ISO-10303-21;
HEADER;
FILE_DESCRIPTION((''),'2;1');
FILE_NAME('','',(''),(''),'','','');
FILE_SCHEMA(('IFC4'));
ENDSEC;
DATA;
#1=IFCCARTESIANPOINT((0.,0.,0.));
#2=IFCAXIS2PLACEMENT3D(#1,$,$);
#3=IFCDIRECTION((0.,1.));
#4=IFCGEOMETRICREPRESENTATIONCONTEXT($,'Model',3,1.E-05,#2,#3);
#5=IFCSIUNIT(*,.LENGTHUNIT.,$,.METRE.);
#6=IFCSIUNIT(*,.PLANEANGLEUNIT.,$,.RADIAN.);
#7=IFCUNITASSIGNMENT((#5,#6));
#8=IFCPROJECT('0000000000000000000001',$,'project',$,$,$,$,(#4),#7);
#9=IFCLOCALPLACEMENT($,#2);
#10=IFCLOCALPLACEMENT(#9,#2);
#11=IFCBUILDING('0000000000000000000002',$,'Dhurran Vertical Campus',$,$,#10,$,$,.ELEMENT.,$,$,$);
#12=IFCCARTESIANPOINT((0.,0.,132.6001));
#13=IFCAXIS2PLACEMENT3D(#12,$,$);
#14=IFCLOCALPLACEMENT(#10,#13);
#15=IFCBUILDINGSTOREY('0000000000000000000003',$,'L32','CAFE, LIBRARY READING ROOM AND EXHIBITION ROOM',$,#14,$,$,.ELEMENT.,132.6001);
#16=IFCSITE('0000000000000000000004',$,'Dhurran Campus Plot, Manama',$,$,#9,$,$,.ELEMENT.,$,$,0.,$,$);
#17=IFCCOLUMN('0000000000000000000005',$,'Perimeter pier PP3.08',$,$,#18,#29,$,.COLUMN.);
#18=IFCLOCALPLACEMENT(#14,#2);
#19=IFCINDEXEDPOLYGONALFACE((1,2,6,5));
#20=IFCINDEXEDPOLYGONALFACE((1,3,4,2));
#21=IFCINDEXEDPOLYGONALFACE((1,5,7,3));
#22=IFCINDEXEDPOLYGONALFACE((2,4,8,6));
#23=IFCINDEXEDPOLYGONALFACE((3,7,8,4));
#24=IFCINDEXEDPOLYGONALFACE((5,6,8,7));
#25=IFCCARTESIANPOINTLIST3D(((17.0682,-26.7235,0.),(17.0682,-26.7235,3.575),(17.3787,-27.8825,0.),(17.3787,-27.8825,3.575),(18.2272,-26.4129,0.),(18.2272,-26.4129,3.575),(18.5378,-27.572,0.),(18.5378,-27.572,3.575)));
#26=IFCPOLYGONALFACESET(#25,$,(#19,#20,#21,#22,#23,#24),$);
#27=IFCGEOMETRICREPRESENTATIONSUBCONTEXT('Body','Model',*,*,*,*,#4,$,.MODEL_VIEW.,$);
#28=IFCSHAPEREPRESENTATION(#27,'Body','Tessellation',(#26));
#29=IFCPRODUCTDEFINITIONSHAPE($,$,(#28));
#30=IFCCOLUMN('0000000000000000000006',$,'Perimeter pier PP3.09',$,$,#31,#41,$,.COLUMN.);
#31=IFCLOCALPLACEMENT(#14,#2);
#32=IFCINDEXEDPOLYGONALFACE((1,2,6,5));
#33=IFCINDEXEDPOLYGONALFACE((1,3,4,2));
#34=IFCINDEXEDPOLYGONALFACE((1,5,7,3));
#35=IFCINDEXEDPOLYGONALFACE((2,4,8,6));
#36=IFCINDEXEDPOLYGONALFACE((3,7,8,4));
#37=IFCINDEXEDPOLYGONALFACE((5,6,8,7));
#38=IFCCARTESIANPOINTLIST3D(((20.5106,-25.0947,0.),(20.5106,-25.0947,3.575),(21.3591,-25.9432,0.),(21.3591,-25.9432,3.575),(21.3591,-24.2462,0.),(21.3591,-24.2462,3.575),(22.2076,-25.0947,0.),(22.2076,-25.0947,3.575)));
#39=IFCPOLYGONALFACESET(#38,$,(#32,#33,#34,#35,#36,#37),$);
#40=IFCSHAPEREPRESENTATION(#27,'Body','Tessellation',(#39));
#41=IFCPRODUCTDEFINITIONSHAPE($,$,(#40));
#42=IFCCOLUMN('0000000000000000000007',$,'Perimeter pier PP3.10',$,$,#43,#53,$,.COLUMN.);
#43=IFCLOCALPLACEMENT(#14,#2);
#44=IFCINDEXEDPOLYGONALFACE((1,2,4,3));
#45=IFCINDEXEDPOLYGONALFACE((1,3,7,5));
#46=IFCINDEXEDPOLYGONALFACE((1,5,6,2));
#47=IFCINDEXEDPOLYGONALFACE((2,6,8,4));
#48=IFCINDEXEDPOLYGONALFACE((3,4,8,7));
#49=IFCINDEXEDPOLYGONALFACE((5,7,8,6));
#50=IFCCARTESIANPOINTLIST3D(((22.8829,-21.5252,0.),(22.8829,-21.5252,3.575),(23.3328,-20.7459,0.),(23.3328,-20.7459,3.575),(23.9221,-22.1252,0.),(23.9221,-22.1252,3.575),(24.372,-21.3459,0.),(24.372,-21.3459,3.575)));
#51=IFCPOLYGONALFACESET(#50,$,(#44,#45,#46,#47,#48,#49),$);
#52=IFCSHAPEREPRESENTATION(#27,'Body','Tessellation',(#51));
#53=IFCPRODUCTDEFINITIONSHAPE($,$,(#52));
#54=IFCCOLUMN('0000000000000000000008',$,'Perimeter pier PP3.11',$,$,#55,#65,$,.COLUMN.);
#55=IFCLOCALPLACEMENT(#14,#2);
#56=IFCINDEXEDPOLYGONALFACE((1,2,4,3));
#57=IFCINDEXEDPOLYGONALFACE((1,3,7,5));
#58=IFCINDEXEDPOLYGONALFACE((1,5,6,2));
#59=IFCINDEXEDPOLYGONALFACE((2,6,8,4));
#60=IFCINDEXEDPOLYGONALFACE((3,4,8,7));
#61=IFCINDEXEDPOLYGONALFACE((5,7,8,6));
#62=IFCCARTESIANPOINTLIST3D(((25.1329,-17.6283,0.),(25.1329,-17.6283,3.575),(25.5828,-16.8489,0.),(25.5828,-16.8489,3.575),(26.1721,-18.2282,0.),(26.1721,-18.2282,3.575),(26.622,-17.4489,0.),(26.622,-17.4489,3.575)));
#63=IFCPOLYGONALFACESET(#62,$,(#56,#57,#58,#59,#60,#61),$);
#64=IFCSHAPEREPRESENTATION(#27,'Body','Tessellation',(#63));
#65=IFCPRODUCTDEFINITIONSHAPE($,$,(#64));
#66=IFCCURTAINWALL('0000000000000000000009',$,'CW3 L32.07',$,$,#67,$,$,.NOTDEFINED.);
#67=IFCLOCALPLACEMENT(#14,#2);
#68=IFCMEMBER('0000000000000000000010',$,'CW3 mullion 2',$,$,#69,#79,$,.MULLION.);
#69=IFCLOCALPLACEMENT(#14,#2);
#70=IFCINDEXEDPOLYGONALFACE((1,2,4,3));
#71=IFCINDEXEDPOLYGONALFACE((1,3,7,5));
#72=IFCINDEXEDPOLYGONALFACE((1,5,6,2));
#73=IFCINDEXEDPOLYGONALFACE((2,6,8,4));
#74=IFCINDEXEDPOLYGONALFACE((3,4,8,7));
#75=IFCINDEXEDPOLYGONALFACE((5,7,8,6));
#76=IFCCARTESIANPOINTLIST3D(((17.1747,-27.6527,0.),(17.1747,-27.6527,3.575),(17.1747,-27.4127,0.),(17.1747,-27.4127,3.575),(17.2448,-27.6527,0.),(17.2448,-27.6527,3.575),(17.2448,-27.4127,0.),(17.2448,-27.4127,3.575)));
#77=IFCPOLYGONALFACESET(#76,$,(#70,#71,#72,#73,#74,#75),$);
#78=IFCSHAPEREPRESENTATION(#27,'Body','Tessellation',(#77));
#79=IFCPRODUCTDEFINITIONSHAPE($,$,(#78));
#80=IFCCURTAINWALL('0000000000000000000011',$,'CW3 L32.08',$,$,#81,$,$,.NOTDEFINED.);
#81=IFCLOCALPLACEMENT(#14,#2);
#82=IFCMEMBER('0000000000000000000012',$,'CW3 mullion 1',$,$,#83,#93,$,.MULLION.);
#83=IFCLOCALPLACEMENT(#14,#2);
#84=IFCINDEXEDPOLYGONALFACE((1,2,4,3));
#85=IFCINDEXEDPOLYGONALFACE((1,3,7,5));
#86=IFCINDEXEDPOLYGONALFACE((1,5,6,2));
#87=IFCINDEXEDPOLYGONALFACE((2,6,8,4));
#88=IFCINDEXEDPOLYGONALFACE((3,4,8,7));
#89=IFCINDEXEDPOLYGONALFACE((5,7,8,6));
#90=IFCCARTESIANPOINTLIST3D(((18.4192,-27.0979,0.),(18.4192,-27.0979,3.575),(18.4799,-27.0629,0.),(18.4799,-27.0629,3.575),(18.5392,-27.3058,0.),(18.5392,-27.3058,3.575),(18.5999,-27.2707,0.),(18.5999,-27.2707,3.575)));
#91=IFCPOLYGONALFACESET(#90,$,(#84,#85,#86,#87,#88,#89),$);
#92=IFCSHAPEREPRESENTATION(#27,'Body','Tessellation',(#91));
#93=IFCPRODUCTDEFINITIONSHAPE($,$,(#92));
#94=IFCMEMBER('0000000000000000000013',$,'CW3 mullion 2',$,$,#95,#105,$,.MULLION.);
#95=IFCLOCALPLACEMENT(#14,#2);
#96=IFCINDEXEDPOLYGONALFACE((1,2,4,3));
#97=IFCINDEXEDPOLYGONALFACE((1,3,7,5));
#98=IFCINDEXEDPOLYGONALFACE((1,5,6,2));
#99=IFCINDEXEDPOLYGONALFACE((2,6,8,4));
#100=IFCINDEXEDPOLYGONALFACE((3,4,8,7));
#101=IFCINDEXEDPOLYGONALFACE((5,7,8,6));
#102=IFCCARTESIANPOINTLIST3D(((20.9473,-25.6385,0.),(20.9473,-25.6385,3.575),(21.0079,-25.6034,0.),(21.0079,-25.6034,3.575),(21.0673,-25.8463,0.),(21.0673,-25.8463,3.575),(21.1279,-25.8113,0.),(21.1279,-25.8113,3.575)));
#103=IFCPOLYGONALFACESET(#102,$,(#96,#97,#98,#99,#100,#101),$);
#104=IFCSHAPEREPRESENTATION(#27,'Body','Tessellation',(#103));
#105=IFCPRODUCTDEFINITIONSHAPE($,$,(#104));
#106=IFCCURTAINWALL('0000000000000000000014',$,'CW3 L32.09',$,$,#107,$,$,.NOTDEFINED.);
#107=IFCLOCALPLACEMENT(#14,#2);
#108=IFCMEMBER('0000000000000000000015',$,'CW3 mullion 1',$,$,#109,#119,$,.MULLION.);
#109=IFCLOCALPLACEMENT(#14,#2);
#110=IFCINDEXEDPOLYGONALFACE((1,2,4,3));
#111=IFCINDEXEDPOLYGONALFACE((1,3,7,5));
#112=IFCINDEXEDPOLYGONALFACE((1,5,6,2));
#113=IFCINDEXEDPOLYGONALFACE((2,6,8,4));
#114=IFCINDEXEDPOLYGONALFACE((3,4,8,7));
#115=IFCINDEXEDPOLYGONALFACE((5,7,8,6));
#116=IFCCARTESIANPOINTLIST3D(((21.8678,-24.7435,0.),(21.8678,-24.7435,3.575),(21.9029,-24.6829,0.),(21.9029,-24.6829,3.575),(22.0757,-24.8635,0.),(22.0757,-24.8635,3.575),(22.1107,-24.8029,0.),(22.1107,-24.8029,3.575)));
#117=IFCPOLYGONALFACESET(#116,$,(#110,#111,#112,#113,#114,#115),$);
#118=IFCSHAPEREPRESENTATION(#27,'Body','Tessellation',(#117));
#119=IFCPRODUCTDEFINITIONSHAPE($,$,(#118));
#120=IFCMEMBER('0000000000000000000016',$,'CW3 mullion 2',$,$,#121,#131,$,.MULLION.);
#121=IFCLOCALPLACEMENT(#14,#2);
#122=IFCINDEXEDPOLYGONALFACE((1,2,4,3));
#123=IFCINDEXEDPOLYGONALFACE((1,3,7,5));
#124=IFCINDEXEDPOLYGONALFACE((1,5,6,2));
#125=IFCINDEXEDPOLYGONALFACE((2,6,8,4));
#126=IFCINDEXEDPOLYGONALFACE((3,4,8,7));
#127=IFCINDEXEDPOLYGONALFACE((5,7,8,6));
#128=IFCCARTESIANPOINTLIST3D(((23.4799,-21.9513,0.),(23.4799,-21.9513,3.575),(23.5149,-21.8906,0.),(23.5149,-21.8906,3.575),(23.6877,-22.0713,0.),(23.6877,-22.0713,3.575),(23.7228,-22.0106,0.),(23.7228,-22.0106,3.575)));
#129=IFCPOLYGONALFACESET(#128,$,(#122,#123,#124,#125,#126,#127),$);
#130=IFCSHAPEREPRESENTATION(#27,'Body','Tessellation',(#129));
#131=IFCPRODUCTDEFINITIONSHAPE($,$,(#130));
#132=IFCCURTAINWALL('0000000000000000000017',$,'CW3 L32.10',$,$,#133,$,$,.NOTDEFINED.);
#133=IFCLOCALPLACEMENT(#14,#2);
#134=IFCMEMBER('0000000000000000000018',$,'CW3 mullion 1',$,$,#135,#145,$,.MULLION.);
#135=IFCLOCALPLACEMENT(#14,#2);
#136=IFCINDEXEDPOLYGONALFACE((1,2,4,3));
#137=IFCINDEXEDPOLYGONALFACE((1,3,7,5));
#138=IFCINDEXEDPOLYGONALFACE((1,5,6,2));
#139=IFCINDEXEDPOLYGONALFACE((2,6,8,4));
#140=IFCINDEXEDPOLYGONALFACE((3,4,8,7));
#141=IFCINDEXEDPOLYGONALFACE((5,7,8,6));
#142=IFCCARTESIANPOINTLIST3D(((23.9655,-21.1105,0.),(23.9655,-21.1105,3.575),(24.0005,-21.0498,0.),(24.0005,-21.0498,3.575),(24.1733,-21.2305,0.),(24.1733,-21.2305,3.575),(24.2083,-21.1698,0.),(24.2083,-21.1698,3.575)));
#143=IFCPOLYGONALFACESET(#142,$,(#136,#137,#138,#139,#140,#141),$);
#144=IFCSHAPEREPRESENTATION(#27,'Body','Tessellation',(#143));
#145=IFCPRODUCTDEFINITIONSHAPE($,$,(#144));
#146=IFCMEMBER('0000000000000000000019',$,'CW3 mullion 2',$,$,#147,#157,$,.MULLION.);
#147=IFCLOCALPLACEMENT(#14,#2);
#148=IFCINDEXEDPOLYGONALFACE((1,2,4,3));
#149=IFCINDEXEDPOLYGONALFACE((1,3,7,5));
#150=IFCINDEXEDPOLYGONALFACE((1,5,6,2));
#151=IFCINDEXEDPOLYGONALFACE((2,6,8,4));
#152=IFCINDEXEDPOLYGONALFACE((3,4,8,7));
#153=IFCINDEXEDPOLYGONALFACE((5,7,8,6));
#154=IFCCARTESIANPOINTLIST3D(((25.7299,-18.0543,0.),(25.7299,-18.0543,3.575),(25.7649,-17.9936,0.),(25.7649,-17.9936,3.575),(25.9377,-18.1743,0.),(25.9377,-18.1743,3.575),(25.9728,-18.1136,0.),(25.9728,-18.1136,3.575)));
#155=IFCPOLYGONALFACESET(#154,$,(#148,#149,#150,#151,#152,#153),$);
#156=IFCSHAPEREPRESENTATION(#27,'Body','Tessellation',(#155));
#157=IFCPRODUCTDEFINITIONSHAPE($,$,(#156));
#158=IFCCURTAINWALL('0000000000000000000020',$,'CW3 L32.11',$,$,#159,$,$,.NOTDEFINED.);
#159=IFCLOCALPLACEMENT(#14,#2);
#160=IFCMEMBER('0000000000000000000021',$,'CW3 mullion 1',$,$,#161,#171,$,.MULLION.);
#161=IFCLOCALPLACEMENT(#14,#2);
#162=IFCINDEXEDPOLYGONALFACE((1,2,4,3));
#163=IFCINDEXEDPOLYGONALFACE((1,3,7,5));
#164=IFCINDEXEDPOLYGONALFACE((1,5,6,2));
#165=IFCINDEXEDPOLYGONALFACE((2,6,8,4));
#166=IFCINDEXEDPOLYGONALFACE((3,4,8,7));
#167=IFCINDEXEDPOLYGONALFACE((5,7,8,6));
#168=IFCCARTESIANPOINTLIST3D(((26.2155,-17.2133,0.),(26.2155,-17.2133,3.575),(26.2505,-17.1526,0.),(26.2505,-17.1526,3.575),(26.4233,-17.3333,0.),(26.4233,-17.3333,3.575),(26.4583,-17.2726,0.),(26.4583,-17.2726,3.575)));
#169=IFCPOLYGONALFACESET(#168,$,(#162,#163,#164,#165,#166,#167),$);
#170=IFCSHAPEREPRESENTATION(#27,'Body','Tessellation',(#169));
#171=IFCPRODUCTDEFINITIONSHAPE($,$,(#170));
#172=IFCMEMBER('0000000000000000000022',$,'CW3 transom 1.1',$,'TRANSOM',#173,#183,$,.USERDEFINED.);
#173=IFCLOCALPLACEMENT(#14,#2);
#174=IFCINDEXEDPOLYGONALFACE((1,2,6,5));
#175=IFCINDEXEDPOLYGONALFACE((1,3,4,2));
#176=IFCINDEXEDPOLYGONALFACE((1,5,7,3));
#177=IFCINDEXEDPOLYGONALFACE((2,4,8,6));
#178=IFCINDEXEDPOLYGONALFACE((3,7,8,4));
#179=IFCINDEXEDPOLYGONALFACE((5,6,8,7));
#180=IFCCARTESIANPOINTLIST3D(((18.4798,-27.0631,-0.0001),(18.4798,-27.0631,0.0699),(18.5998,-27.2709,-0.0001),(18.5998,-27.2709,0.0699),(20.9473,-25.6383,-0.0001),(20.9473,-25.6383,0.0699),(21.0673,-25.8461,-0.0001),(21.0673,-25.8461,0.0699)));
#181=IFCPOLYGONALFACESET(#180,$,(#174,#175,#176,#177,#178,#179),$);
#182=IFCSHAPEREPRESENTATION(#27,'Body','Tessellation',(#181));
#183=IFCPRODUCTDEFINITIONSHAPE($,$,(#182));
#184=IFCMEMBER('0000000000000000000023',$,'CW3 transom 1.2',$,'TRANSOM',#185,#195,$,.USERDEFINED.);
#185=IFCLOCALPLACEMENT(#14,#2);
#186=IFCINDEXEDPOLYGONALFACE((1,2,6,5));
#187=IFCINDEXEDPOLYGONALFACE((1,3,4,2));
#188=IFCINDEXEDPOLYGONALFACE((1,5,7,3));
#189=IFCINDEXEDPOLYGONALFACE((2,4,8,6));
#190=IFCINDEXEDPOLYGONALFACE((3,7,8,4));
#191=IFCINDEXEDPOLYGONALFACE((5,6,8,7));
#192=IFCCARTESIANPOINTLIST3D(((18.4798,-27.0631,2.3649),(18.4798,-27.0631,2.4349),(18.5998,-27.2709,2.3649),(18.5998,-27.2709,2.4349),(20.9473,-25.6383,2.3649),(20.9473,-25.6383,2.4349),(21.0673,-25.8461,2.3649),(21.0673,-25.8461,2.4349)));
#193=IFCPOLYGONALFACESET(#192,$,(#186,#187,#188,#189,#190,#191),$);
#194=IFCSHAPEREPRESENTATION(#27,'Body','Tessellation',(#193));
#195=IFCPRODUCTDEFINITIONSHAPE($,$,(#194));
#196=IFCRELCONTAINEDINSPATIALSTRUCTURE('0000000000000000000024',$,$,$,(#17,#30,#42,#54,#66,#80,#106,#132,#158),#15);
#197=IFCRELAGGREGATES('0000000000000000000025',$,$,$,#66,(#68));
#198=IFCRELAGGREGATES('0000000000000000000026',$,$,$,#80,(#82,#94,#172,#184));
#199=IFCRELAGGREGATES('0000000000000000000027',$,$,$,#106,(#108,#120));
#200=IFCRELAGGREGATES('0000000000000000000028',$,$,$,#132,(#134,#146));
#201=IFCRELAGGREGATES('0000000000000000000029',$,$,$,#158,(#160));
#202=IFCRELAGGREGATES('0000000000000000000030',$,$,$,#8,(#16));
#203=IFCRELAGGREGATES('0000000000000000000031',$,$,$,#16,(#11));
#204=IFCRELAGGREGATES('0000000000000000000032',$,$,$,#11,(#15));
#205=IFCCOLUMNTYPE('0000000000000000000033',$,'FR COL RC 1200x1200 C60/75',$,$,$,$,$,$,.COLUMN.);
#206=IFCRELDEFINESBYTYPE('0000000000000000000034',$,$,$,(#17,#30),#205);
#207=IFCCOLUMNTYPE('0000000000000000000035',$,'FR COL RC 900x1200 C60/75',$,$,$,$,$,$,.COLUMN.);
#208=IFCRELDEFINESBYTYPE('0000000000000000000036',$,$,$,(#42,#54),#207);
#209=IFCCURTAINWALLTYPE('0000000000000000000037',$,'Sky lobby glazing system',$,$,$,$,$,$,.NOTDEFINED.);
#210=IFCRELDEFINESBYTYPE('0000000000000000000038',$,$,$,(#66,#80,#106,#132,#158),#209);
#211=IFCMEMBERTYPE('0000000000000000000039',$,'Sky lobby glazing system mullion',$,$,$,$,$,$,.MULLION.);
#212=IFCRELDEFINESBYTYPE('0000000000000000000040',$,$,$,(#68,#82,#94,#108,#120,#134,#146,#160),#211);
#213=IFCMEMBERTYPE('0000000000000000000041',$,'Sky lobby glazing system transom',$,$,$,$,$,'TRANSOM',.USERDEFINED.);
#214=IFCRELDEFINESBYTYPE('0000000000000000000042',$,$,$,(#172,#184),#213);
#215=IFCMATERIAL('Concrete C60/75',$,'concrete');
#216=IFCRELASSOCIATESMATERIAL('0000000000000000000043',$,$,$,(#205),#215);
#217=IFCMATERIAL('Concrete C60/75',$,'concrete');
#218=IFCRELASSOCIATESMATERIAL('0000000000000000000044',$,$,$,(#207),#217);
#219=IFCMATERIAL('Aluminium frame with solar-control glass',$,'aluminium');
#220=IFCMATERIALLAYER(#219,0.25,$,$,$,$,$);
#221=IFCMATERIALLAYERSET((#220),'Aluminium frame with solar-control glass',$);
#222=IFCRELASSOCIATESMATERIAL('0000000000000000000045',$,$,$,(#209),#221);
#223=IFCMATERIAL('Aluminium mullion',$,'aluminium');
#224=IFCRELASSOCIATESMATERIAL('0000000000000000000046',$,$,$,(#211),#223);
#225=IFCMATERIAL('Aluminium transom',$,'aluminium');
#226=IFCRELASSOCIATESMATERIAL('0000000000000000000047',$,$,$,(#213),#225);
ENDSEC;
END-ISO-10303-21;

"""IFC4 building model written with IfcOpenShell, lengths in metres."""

from ifc_helpers import new_model, si_unit, direction, frame, origin, origin_2d, place, context, subcontext, project, spatial, rectangle, extrude, material, layer, layer_set, material_profile, profile_set, type_object, element, aggregate, save


model = new_model("IFC4")

# Units and contexts
model_context = context("Model", 3, precision=1e-05, world=origin(), true_north=direction((0.0, 1.0)))
body_context = subcontext(model_context, "Body", "Model", "MODEL_VIEW")
ifc_project = project(units=[si_unit("LENGTHUNIT", "METRE"), si_unit("PLANEANGLEUNIT", "RADIAN")], contexts=[model_context])

# Site, building, storey
site_placement = place(None, origin())
site = spatial("IfcSite", under=ifc_project, at=site_placement, Name="Dhurran Campus Plot, Manama", CompositionType="ELEMENT", RefElevation=0.0)
building_placement = place(site_placement, origin())
building = spatial("IfcBuilding", under=site, at=building_placement, Name="Dhurran Vertical Campus", CompositionType="ELEMENT")
storey_placement = place(building_placement, frame((0.0, 0.0, 132.6001)))
storey = spatial("IfcBuildingStorey", under=building, at=storey_placement, Name="L32", Description="CAFE, LIBRARY READING ROOM AND EXHIBITION ROOM", CompositionType="ELEMENT", Elevation=132.6001)

# Columns
ifc_material_1 = material(Name="Concrete C60/75", Category="concrete")
ifc_material_profile_1 = material_profile(ifc_material_1, rectangle(XDim=1.2, YDim=1.2, at=origin_2d()), Name="RC 1200x1200")
ifc_profile_set_1 = profile_set([ifc_material_profile_1], Name="Concrete C60/75")
column_type_1 = type_object("IfcColumnType", Name="FR COL RC 1200x1200 C60/75", PredefinedType="COLUMN", material=ifc_profile_set_1)
for number, where, z_axis, x_axis, name in (
    (1, (17.803, -27.1477, 0.0), (0.0, 0.0, 1.0), (0.965926, 0.258819, 0.0), "Perimeter pier PP3.08"),
    (2, (21.3591, -25.0947, 0.0), (0.0, 0.0, 1.0), (0.707107, 0.707107, 0.0), "Perimeter pier PP3.09"),
):
    element("IfcColumn", number, at=place(storey_placement, frame(where, z_axis=z_axis, x_axis=x_axis)), inside=storey, type_object=column_type_1, Name=name, PredefinedType="COLUMN", context=body_context, shape_type="SweptSolid", body=[
        extrude(rectangle(XDim=1.2, YDim=1.2, at=origin_2d()), origin(), (0.0, 0.0, 1.0), 3.575),
    ])
ifc_material_2 = material(Name="Concrete C60/75", Category="concrete")
ifc_material_profile_2 = material_profile(ifc_material_2, rectangle(XDim=0.8999, YDim=1.2, at=origin_2d()), Name="RC 900x1200")
ifc_profile_set_2 = profile_set([ifc_material_profile_2], Name="Concrete C60/75")
column_type_2 = type_object("IfcColumnType", Name="FR COL RC 900x1200 C60/75", PredefinedType="COLUMN", material=ifc_profile_set_2)
for number, where, z_axis, x_axis, name in (
    (3, (23.6274, -21.4355, 0.0), (0.0, 0.0, 1.0), (0.5, 0.866025, 0.0), "Perimeter pier PP3.10"),
    (4, (25.8774, -17.5386, 0.0), (0.0, 0.0, 1.0), (0.5, 0.866025, 0.0), "Perimeter pier PP3.11"),
):
    element("IfcColumn", number, at=place(storey_placement, frame(where, z_axis=z_axis, x_axis=x_axis)), inside=storey, type_object=column_type_2, Name=name, PredefinedType="COLUMN", context=body_context, shape_type="SweptSolid", body=[
        extrude(rectangle(XDim=0.8999, YDim=1.2, at=origin_2d()), origin(), (0.0, 0.0, 1.0), 3.575),
    ])

# Curtain wall, member
ifc_material_3 = material(Name="Aluminium frame with solar-control glass", Category="aluminium")
ifc_layer_1 = layer(ifc_material_3, 0.25)
ifc_layer_set_1 = layer_set([ifc_layer_1], Name="Aluminium frame with solar-control glass")
curtain_wall_type = type_object("IfcCurtainWallType", Name="Sky lobby glazing system", PredefinedType="NOTDEFINED", material=ifc_layer_set_1)
curtain_wall_1_placement = place(storey_placement, origin())
curtain_wall_1 = element("IfcCurtainWall", 5, at=curtain_wall_1_placement, inside=storey, type_object=curtain_wall_type, Name="CW3 L32.07", PredefinedType="NOTDEFINED")
ifc_material_4 = material(Name="Aluminium mullion", Category="aluminium")
ifc_material_profile_3 = material_profile(ifc_material_4, rectangle(XDim=0.24, YDim=0.0701, at=origin_2d()), Name="Sky lobby glazing system mullion")
ifc_profile_set_3 = profile_set([ifc_material_profile_3], Name="Aluminium mullion")
member_type_1 = type_object("IfcMemberType", Name="Sky lobby glazing system mullion", PredefinedType="MULLION", material=ifc_profile_set_3)
member_1_placement = place(storey_placement, frame((17.2097, -27.5327, 0.0), z_axis=(0.0, 0.0, 1.0), x_axis=(0.0, 1.0, 0.0)))
member_1 = element("IfcMember", 6, at=member_1_placement, type_object=member_type_1, Name="CW3 mullion 2", PredefinedType="MULLION", context=body_context, shape_type="SweptSolid", body=[
    extrude(rectangle(XDim=0.24, YDim=0.0701, at=origin_2d()), origin(), (0.0, 0.0, 1.0), 3.575),
])
aggregate(curtain_wall_1, [member_1])

# Curtain walls, members
curtain_wall_2_placement = place(storey_placement, origin())
curtain_wall_2 = element("IfcCurtainWall", 7, at=curtain_wall_2_placement, inside=storey, type_object=curtain_wall_type, Name="CW3 L32.08", PredefinedType="NOTDEFINED")
member_2_placement = place(storey_placement, frame((18.5095, -27.1843, 0.0), z_axis=(0.0, 0.0, 1.0), x_axis=(-0.500003, 0.866023, 0.0)))
member_2 = element("IfcMember", 8, at=member_2_placement, type_object=member_type_1, Name="CW3 mullion 1", PredefinedType="MULLION", context=body_context, shape_type="SweptSolid", body=[
    extrude(rectangle(XDim=0.24, YDim=0.0701, at=origin_2d()), origin(), (0.0, 0.0, 1.0), 3.575),
])
member_3_placement = place(storey_placement, frame((21.0376, -25.7249, 0.0), z_axis=(0.0, 0.0, 1.0), x_axis=(-0.500003, 0.866023, 0.0)))
member_3 = element("IfcMember", 9, at=member_3_placement, type_object=member_type_1, Name="CW3 mullion 2", PredefinedType="MULLION", context=body_context, shape_type="SweptSolid", body=[
    extrude(rectangle(XDim=0.24, YDim=0.0701, at=origin_2d()), origin(), (0.0, 0.0, 1.0), 3.575),
])
curtain_wall_3_placement = place(storey_placement, origin())
curtain_wall_3 = element("IfcCurtainWall", 10, at=curtain_wall_3_placement, inside=storey, type_object=curtain_wall_type, Name="CW3 L32.09", PredefinedType="NOTDEFINED")
member_4_placement = place(storey_placement, frame((21.9893, -24.7732, 0.0), z_axis=(0.0, 0.0, 1.0), x_axis=(-0.866026, 0.499998, 0.0)))
member_4 = element("IfcMember", 11, at=member_4_placement, type_object=member_type_1, Name="CW3 mullion 1", PredefinedType="MULLION", context=body_context, shape_type="SweptSolid", body=[
    extrude(rectangle(XDim=0.24, YDim=0.0701, at=origin_2d()), origin(), (0.0, 0.0, 1.0), 3.575),
])
member_5_placement = place(storey_placement, frame((23.6013, -21.981, 0.0), z_axis=(0.0, 0.0, 1.0), x_axis=(-0.866026, 0.499998, 0.0)))
member_5 = element("IfcMember", 12, at=member_5_placement, type_object=member_type_1, Name="CW3 mullion 2", PredefinedType="MULLION", context=body_context, shape_type="SweptSolid", body=[
    extrude(rectangle(XDim=0.24, YDim=0.0701, at=origin_2d()), origin(), (0.0, 0.0, 1.0), 3.575),
])
curtain_wall_4_placement = place(storey_placement, origin())
curtain_wall_4 = element("IfcCurtainWall", 13, at=curtain_wall_4_placement, inside=storey, type_object=curtain_wall_type, Name="CW3 L32.10", PredefinedType="NOTDEFINED")
member_6_placement = place(storey_placement, frame((24.0869, -21.1401, 0.0), z_axis=(0.0, 0.0, 1.0), x_axis=(-0.866024, 0.500003, 0.0)))
member_6 = element("IfcMember", 14, at=member_6_placement, type_object=member_type_1, Name="CW3 mullion 1", PredefinedType="MULLION", context=body_context, shape_type="SweptSolid", body=[
    extrude(rectangle(XDim=0.24, YDim=0.0701, at=origin_2d()), origin(), (0.0, 0.0, 1.0), 3.575),
])
member_7_placement = place(storey_placement, frame((25.8513, -18.084, 0.0), z_axis=(0.0, 0.0, 1.0), x_axis=(-0.866024, 0.500003, 0.0)))
member_7 = element("IfcMember", 15, at=member_7_placement, type_object=member_type_1, Name="CW3 mullion 2", PredefinedType="MULLION", context=body_context, shape_type="SweptSolid", body=[
    extrude(rectangle(XDim=0.24, YDim=0.0701, at=origin_2d()), origin(), (0.0, 0.0, 1.0), 3.575),
])

# Curtain wall, member
curtain_wall_5_placement = place(storey_placement, origin())
curtain_wall_5 = element("IfcCurtainWall", 16, at=curtain_wall_5_placement, inside=storey, type_object=curtain_wall_type, Name="CW3 L32.11", PredefinedType="NOTDEFINED")
member_8_placement = place(storey_placement, frame((26.3369, -17.2429, 0.0), z_axis=(0.0, 0.0, 1.0), x_axis=(-0.866024, 0.500003, 0.0)))
member_8 = element("IfcMember", 17, at=member_8_placement, type_object=member_type_1, Name="CW3 mullion 1", PredefinedType="MULLION", context=body_context, shape_type="SweptSolid", body=[
    extrude(rectangle(XDim=0.24, YDim=0.0701, at=origin_2d()), origin(), (0.0, 0.0, 1.0), 3.575),
])

# Members
ifc_material_5 = material(Name="Aluminium transom", Category="aluminium")
ifc_material_profile_4 = material_profile(ifc_material_5, rectangle(XDim=0.24, YDim=0.0701, at=origin_2d()), Name="Sky lobby glazing system transom")
ifc_profile_set_4 = profile_set([ifc_material_profile_4], Name="Aluminium transom")
member_type_2 = type_object("IfcMemberType", Name="Sky lobby glazing system transom", ElementType="TRANSOM", PredefinedType="USERDEFINED", material=ifc_profile_set_4)
member_9_placement = place(storey_placement, frame((18.5398, -27.167, 0.0349), z_axis=(0.865999, 0.500046, 0.0), x_axis=(-0.500046, 0.865999, 0.0)))
member_9 = element("IfcMember", 18, at=member_9_placement, type_object=member_type_2, Name="CW3 transom 1.1", ObjectType="TRANSOM", PredefinedType="USERDEFINED", context=body_context, shape_type="SweptSolid", body=[
    extrude(rectangle(XDim=0.24, YDim=0.0701, at=origin_2d()), origin(), (0.0, 0.0, 1.0), 2.8494),
])
member_10_placement = place(storey_placement, frame((18.5398, -27.167, 2.3999), z_axis=(0.865999, 0.500046, 0.0), x_axis=(-0.500046, 0.865999, 0.0)))
member_10 = element("IfcMember", 19, at=member_10_placement, type_object=member_type_2, Name="CW3 transom 1.2", ObjectType="TRANSOM", PredefinedType="USERDEFINED", context=body_context, shape_type="SweptSolid", body=[
    extrude(rectangle(XDim=0.24, YDim=0.0701, at=origin_2d()), origin(), (0.0, 0.0, 1.0), 2.8494),
])

aggregate(curtain_wall_2, [member_2, member_3, member_9, member_10])
aggregate(curtain_wall_3, [member_4, member_5])
aggregate(curtain_wall_4, [member_6, member_7])
aggregate(curtain_wall_5, [member_8])

save(model, "model.ifc")
